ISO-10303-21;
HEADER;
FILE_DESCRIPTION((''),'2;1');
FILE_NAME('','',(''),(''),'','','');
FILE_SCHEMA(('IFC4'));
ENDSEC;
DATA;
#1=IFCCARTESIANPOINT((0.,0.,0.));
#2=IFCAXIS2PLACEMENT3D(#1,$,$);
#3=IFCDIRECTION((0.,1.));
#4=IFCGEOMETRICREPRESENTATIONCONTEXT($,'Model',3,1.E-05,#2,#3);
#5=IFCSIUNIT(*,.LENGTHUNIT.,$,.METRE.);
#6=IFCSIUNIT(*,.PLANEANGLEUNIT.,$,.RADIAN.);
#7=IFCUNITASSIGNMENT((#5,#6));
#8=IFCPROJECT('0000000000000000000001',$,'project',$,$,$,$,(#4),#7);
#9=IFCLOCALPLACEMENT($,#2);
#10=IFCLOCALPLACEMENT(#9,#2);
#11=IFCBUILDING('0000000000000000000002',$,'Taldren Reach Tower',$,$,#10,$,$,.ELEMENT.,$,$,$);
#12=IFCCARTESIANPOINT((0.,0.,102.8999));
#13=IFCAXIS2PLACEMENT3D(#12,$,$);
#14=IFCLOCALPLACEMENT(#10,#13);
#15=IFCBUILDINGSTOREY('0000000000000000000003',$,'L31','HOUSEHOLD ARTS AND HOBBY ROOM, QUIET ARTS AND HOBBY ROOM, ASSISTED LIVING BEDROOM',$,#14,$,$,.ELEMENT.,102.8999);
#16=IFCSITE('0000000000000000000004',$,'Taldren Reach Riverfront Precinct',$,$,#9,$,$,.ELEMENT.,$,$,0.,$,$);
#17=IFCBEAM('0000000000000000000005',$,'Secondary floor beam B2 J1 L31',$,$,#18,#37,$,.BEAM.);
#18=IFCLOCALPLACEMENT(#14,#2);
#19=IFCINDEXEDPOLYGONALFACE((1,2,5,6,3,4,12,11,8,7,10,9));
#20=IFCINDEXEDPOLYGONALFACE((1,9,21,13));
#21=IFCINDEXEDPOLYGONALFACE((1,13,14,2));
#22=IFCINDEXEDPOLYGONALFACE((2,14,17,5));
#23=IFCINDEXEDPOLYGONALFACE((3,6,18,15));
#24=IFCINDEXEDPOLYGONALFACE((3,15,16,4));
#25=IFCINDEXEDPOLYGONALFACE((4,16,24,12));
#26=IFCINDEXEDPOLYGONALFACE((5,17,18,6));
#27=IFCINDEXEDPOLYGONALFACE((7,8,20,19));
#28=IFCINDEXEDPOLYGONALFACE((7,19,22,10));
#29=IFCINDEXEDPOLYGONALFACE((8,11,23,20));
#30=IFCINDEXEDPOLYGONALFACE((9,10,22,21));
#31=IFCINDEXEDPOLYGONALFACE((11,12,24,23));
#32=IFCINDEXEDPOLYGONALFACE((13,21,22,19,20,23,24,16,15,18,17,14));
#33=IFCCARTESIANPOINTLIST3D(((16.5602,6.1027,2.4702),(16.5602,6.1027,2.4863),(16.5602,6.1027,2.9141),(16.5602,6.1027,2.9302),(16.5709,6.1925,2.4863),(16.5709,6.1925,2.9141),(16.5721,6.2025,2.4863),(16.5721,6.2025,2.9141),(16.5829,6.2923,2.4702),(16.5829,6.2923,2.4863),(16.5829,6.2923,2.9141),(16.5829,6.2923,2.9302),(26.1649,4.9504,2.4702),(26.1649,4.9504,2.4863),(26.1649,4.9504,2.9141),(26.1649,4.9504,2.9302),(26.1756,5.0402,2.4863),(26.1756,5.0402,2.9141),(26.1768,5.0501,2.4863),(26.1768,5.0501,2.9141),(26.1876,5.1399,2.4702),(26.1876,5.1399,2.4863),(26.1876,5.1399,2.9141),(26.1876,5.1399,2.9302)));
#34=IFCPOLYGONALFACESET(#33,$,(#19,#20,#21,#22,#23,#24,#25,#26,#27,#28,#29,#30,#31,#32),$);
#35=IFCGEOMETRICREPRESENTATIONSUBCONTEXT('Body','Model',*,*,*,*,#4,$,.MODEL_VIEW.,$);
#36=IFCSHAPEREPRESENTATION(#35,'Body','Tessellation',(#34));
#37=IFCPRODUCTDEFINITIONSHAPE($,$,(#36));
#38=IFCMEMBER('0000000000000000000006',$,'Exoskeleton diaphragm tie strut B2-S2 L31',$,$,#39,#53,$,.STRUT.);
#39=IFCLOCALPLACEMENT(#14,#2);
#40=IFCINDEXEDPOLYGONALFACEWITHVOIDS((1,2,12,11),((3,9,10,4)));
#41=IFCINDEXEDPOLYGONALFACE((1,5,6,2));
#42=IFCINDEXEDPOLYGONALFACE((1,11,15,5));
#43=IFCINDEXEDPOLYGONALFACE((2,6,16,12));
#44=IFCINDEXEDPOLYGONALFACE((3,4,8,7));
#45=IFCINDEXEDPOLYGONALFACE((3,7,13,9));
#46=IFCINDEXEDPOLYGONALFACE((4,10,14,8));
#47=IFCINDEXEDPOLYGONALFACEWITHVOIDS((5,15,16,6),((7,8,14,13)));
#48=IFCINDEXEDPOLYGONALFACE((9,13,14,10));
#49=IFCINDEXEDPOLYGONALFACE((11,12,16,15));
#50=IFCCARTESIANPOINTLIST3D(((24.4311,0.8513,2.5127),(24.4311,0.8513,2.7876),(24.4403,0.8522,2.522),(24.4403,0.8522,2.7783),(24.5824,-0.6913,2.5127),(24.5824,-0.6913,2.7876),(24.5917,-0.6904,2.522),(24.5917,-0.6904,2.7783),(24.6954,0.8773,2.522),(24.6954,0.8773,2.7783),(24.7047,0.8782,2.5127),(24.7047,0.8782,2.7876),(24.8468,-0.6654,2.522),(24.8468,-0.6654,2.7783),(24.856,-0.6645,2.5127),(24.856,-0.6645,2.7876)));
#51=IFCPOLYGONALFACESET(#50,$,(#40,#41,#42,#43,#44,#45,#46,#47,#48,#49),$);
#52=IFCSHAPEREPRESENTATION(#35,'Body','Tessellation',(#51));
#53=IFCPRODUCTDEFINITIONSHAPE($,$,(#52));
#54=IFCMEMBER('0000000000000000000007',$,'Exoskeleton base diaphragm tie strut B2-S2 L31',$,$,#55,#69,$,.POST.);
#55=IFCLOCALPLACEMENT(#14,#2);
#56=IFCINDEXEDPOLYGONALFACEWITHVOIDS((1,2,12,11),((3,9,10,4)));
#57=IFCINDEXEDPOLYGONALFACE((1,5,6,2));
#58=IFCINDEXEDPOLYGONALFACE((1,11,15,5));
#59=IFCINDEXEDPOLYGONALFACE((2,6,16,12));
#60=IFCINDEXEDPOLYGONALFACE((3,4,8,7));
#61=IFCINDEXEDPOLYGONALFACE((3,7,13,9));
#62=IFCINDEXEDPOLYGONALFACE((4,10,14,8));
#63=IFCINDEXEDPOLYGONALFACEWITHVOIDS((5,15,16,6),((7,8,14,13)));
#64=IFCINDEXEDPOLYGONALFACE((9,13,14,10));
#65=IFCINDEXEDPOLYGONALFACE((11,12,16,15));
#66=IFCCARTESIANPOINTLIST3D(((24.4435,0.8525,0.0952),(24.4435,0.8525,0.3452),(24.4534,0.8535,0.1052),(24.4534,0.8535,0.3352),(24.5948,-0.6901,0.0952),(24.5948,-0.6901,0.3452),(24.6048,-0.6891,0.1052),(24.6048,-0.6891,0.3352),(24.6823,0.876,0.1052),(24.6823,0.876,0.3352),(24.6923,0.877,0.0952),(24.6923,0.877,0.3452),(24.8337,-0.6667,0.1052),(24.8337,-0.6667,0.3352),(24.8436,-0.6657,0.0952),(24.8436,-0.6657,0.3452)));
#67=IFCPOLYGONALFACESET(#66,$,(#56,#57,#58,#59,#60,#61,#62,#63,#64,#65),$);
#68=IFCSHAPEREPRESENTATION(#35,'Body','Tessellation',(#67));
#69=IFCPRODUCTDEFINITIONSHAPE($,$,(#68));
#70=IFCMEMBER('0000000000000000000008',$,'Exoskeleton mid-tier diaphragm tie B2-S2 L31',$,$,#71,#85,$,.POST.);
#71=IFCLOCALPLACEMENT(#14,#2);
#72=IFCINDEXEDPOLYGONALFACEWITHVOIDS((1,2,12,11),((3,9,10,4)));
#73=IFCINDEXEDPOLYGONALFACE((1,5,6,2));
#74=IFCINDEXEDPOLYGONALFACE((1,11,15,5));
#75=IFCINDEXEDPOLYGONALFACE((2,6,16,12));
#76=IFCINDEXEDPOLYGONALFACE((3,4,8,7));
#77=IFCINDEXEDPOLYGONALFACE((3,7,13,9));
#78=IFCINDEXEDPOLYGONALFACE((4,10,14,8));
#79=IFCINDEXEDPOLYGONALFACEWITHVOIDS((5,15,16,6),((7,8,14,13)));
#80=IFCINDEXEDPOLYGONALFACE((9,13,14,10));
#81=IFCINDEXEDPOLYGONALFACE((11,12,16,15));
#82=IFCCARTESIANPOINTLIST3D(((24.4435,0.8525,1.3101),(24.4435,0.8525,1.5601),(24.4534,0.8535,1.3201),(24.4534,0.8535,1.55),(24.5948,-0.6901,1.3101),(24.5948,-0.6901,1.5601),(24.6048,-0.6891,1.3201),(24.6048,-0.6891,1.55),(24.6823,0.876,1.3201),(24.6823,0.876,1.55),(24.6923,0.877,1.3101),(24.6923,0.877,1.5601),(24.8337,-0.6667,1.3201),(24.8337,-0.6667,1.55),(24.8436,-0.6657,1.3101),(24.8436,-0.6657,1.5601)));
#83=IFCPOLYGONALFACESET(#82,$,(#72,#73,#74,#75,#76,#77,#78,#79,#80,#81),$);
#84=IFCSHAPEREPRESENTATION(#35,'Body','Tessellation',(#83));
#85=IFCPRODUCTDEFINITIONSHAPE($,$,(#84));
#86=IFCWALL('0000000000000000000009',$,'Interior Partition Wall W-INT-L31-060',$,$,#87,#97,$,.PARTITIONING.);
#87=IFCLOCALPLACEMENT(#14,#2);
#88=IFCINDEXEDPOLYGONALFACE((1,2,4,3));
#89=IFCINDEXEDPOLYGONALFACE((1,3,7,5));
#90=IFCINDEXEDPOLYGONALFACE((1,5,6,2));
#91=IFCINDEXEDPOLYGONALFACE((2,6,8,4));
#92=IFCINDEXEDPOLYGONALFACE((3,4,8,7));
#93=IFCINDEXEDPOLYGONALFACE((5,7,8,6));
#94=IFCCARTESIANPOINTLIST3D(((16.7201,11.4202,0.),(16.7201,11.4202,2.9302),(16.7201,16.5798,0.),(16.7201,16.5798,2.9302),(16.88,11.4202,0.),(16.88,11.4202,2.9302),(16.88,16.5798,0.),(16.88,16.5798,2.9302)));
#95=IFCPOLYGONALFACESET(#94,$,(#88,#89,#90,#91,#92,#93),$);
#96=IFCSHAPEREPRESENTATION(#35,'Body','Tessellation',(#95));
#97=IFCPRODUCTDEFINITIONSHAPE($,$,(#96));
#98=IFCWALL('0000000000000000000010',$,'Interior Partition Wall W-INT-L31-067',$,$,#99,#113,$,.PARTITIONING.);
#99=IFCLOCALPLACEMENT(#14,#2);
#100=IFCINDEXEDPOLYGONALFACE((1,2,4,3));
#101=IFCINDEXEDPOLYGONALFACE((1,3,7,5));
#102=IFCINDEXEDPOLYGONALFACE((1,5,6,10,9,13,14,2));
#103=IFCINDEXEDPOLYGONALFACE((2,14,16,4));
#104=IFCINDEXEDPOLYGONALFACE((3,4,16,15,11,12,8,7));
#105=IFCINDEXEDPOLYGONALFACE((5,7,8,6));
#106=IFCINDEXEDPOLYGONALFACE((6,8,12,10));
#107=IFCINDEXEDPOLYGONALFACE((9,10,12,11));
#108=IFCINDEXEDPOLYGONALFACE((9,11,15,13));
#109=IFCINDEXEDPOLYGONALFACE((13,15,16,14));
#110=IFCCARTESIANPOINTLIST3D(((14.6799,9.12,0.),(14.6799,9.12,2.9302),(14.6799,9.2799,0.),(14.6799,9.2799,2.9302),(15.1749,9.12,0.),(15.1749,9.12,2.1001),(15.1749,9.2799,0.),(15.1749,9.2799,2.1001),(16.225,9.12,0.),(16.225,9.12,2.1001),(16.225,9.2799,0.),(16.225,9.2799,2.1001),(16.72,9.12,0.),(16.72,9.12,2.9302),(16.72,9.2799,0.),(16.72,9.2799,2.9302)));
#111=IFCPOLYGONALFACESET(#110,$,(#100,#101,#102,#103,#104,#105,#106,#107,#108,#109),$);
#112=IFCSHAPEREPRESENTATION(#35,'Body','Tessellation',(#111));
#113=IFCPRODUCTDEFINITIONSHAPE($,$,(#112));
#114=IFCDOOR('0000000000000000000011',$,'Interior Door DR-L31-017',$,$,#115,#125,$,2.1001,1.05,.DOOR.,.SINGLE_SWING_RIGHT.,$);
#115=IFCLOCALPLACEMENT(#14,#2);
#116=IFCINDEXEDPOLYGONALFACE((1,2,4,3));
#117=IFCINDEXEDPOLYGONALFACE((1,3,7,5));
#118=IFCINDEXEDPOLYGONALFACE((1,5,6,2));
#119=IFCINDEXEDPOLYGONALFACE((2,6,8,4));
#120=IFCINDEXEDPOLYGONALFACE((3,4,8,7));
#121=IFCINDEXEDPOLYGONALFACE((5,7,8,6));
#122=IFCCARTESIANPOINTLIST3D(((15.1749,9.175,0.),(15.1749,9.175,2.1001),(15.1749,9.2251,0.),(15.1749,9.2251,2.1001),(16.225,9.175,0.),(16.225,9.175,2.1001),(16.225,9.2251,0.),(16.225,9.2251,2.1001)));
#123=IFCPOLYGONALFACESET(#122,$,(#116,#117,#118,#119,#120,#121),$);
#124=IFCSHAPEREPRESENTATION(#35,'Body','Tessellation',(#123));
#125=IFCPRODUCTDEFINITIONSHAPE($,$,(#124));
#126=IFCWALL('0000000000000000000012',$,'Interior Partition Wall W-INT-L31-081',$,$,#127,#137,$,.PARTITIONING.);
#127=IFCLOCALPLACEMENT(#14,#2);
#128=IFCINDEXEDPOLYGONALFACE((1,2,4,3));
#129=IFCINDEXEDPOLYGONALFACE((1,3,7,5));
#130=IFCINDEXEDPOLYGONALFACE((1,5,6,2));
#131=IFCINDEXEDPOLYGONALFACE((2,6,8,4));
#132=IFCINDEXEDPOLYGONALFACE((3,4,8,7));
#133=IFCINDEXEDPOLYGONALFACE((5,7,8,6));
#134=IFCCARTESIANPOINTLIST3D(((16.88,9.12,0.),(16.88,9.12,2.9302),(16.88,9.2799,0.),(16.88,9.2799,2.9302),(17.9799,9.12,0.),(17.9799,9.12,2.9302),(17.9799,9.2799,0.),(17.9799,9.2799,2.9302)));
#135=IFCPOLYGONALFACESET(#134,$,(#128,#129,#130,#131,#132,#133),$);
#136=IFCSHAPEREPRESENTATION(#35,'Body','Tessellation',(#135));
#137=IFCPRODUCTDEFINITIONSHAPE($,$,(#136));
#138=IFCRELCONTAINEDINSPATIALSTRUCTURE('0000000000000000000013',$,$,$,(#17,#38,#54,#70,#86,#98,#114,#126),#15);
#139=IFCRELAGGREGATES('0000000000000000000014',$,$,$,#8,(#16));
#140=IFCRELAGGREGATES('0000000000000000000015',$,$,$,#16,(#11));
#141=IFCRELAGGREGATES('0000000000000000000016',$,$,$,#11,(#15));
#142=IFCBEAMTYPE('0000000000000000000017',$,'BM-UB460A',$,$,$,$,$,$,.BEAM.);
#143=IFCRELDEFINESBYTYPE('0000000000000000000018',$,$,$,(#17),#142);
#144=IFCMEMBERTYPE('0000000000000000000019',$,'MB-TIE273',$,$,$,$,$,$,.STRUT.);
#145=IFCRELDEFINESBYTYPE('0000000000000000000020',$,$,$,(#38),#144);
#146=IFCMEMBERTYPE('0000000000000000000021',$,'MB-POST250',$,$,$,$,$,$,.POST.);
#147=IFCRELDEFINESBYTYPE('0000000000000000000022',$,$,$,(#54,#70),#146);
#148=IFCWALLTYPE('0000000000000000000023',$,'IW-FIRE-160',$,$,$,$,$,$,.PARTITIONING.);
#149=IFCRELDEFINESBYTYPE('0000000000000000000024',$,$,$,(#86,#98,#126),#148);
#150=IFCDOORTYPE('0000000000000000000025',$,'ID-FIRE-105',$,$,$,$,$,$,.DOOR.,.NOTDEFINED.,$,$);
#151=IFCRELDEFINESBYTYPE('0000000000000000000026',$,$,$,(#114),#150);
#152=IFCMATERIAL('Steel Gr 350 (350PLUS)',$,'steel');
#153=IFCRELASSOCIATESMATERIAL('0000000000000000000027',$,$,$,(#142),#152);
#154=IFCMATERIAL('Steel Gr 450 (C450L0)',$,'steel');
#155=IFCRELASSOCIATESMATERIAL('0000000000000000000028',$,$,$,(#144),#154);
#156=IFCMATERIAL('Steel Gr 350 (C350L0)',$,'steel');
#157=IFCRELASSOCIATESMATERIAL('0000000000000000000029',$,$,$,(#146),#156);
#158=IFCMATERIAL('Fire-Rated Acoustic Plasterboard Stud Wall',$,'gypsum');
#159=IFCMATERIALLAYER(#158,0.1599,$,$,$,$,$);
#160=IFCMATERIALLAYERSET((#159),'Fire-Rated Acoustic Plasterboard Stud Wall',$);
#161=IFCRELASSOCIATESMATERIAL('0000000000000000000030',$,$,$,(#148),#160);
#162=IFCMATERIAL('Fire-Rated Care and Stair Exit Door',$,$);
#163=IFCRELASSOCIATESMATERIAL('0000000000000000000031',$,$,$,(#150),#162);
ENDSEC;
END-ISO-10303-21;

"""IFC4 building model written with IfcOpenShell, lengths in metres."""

from ifc_helpers import new_model, si_unit, direction, frame, frame_2d, origin, origin_2d, place, context, subcontext, project, spatial, rectangle, hollow_rectangle, i_section, extrude, source, transform, mapped, material, layer, layer_set, material_profile, profile_set, type_object, element, fill, save


model = new_model("IFC4")

# Units and contexts
model_context = context("Model", 3, precision=1e-05, world=origin(), true_north=direction((0.0, 1.0)))
body_context = subcontext(model_context, "Body", "Model", "MODEL_VIEW")
ifc_project = project(units=[si_unit("LENGTHUNIT", "METRE"), si_unit("PLANEANGLEUNIT", "RADIAN")], contexts=[model_context])

# Site, building, storey
site_placement = place(None, origin())
site = spatial("IfcSite", under=ifc_project, at=site_placement, Name="Taldren Reach Riverfront Precinct", CompositionType="ELEMENT", RefElevation=0.0)
building_placement = place(site_placement, origin())
building = spatial("IfcBuilding", under=site, at=building_placement, Name="Taldren Reach Tower", CompositionType="ELEMENT")
storey_placement = place(building_placement, frame((0.0, 0.0, 102.8999)))
storey = spatial("IfcBuildingStorey", under=building, at=storey_placement, Name="L31", Description="HOUSEHOLD ARTS AND HOBBY ROOM, QUIET ARTS AND HOBBY ROOM, ASSISTED LIVING BEDROOM", CompositionType="ELEMENT", Elevation=102.8999)

# Shared definitions
ifc_material_1 = material(Name="Steel Gr 350 (350PLUS)", Category="steel")

# Beam
ifc_material_profile_1 = material_profile(ifc_material_1, i_section(OverallWidth=0.1909, OverallDepth=0.46, WebThickness=0.01, FlangeThickness=0.0161, at=origin_2d()), Name="460UB82.1")
ifc_profile_set_1 = profile_set([ifc_material_profile_1], Name="Steel Gr 350 (350PLUS)")
beam_type_1 = type_object("IfcBeamType", Name="BM-UB460A", PredefinedType="BEAM", material=ifc_profile_set_1)
shared_shape_1 = source(origin(), body_context, "Body", "SweptSolid", [
    extrude(i_section(OverallWidth=0.1909, OverallDepth=0.46, WebThickness=0.01, FlangeThickness=0.0161, at=origin_2d()), origin(), (0.0, 0.0, 1.0), 9.6736),
])
beam_1_placement = place(storey_placement, frame((16.5715, 6.1975, 2.7002), z_axis=(0.99288, -0.119122, 0.0), x_axis=(0.119122, 0.99288, 0.0)))
element("IfcBeam", 1, at=beam_1_placement, inside=storey, type_object=beam_type_1, Name="Secondary floor beam B2 J1 L31", PredefinedType="BEAM", context=body_context, shape_type="MappedRepresentation", body=[
    mapped(shared_shape_1, transform((0.0, 0.0, 0.0), scale=1.0)),
])

# Members
ifc_material_2 = material(Name="Steel Gr 450 (C450L0)", Category="steel")
ifc_material_profile_2 = material_profile(ifc_material_2, hollow_rectangle(XDim=0.2749, YDim=0.2749, WallThickness=0.0093, at=origin_2d()), Name="275x275x9.3SHS")
ifc_profile_set_2 = profile_set([ifc_material_profile_2], Name="Steel Gr 450 (C450L0)")
member_type_1 = type_object("IfcMemberType", Name="MB-TIE273", PredefinedType="STRUT", material=ifc_profile_set_2)
shared_shape_2 = source(origin(), body_context, "Body", "SweptSolid", [
    extrude(hollow_rectangle(XDim=0.2749, YDim=0.2749, WallThickness=0.0093, at=origin_2d()), origin(), (0.0, 0.0, 1.0), 1.55),
])
member_placement = place(storey_placement, frame((24.5679, 0.8647, 2.6501), z_axis=(0.097648, -0.995221, 0.0), x_axis=(0.995221, 0.097648, 0.0)))
element("IfcMember", 2, at=member_placement, inside=storey, type_object=member_type_1, Name="Exoskeleton diaphragm tie strut B2-S2 L31", PredefinedType="STRUT", context=body_context, shape_type="MappedRepresentation", body=[
    mapped(shared_shape_2, transform((0.0, 0.0, 0.0), scale=1.0)),
])
ifc_material_3 = material(Name="Steel Gr 350 (C350L0)", Category="steel")
ifc_material_profile_3 = material_profile(ifc_material_3, hollow_rectangle(XDim=0.25, YDim=0.25, WallThickness=0.01, at=origin_2d()), Name="250x250x10.0SHS")
ifc_profile_set_3 = profile_set([ifc_material_profile_3], Name="Steel Gr 350 (C350L0)")
member_type_2 = type_object("IfcMemberType", Name="MB-POST250", PredefinedType="POST", material=ifc_profile_set_3)
shared_shape_3 = source(origin(), body_context, "Body", "SweptSolid", [
    extrude(hollow_rectangle(XDim=0.25, YDim=0.25, WallThickness=0.01, at=origin_2d()), origin(), (0.0, 0.0, 1.0), 1.55),
])
for number, where, z_axis, x_axis, name in (
    (3, (24.5679, 0.8647, 0.2202), (0.097648, -0.995221, 0.0), (0.995221, 0.097648, 0.0), "Exoskeleton base diaphragm tie strut B2-S2 L31"),
    (4, (24.5679, 0.8647, 1.4351), (0.097648, -0.995221, 0.0), (0.995221, 0.097648, 0.0), "Exoskeleton mid-tier diaphragm tie B2-S2 L31"),
):
    element("IfcMember", number, at=place(storey_placement, frame(where, z_axis=z_axis, x_axis=x_axis)), inside=storey, type_object=member_type_2, Name=name, PredefinedType="POST", context=body_context, shape_type="MappedRepresentation", body=[
        mapped(shared_shape_3, transform((0.0, 0.0, 0.0), scale=1.0)),
    ])

# Wall
ifc_material_4 = material(Name="Fire-Rated Acoustic Plasterboard Stud Wall", Category="gypsum")
ifc_layer_1 = layer(ifc_material_4, 0.1599)
ifc_layer_set_1 = layer_set([ifc_layer_1], Name="Fire-Rated Acoustic Plasterboard Stud Wall")
wall_type_1 = type_object("IfcWallType", Name="IW-FIRE-160", PredefinedType="PARTITIONING", material=ifc_layer_set_1)
shared_shape_4 = source(origin(), body_context, "Body", "SweptSolid", [
    extrude(rectangle(XDim=5.1597, YDim=0.1599, at=frame_2d((2.5798, 0.0))), origin(), (0.0, 0.0, 1.0), 2.9302),
])
wall_1_placement = place(storey_placement, frame((16.8, 16.5798, 0.0), z_axis=(0.0, 0.0, 1.0), x_axis=(0.0, -1.0, 0.0)))
element("IfcWall", 5, at=wall_1_placement, inside=storey, type_object=wall_type_1, Name="Interior Partition Wall W-INT-L31-060", PredefinedType="PARTITIONING", context=body_context, shape_type="MappedRepresentation", body=[
    mapped(shared_shape_4, transform((0.0, 0.0, 0.0), scale=1.0)),
])

# Wall, opening, door
shared_shape_5 = source(origin(), body_context, "Body", "SweptSolid", [
    extrude(rectangle(XDim=2.04, YDim=0.1599, at=frame_2d((1.02, 0.0))), origin(), (0.0, 0.0, 1.0), 2.9302),
])
wall_2_placement = place(storey_placement, frame((16.72, 9.2, 0.0), z_axis=(0.0, 0.0, 1.0), x_axis=(-1.0, 0.0, 0.0)))
wall_2 = element("IfcWall", 6, at=wall_2_placement, inside=storey, type_object=wall_type_1, Name="Interior Partition Wall W-INT-L31-067", PredefinedType="PARTITIONING", context=body_context, shape_type="MappedRepresentation", body=[
    mapped(shared_shape_5, transform((0.0, 0.0, 0.0), scale=1.0)),
])
shared_shape_6 = source(origin(), body_context, "Body", "SweptSolid", [
    extrude(rectangle(XDim=1.05, YDim=2.1001, at=frame_2d((0.5249, 1.05))), frame((0.0, 0.0898, 0.0), z_axis=(0.0, -1.0, 0.0), x_axis=(1.0, 0.0, 0.0)), (0.0, 0.0, 1.0), 0.1799),
])
opening_1_placement = place(wall_2_placement, frame((0.4951, 0.0, 0.0)))
opening_1 = element("IfcOpeningElement", 7, at=opening_1_placement, cuts=wall_2, PredefinedType="OPENING", context=body_context, shape_type="MappedRepresentation", body=[
    mapped(shared_shape_6, transform((0.0, 0.0, 0.0), scale=1.0)),
])
ifc_material_5 = material(Name="Fire-Rated Care and Stair Exit Door")
door_type_1 = type_object("IfcDoorType", Name="ID-FIRE-105", OperationType="NOTDEFINED", PredefinedType="DOOR", material=ifc_material_5)
shared_shape_7 = source(origin(), body_context, "Body", "SweptSolid", [
    extrude(rectangle(XDim=1.05, YDim=2.1001, at=frame_2d((0.5249, 1.05))), frame((0.0, 0.0249, 0.0), z_axis=(0.0, -1.0, 0.0), x_axis=(1.0, 0.0, 0.0)), (0.0, 0.0, 1.0), 0.05),
])
door_1_placement = place(opening_1_placement, origin())
door_1 = element("IfcDoor", 8, at=door_1_placement, inside=storey, type_object=door_type_1, Name="Interior Door DR-L31-017", OperationType="SINGLE_SWING_RIGHT", OverallHeight=2.1001, OverallWidth=1.05, PredefinedType="DOOR", context=body_context, shape_type="MappedRepresentation", body=[
    mapped(shared_shape_7, transform((0.0, 0.0, 0.0), scale=1.0)),
])
fill(opening_1, door_1)

# Wall
shared_shape_8 = source(origin(), body_context, "Body", "SweptSolid", [
    extrude(rectangle(XDim=1.0999, YDim=0.1599, at=frame_2d((0.5498, 0.0))), origin(), (0.0, 0.0, 1.0), 2.9302),
])
wall_3_placement = place(storey_placement, frame((17.9797, 9.2, 0.0), z_axis=(0.0, 0.0, 1.0), x_axis=(-1.0, 0.0, 0.0)))
element("IfcWall", 9, at=wall_3_placement, inside=storey, type_object=wall_type_1, Name="Interior Partition Wall W-INT-L31-081", PredefinedType="PARTITIONING", context=body_context, shape_type="MappedRepresentation", body=[
    mapped(shared_shape_8, transform((0.0, 0.0, 0.0), scale=1.0)),
])

save(model, "model.ifc")
